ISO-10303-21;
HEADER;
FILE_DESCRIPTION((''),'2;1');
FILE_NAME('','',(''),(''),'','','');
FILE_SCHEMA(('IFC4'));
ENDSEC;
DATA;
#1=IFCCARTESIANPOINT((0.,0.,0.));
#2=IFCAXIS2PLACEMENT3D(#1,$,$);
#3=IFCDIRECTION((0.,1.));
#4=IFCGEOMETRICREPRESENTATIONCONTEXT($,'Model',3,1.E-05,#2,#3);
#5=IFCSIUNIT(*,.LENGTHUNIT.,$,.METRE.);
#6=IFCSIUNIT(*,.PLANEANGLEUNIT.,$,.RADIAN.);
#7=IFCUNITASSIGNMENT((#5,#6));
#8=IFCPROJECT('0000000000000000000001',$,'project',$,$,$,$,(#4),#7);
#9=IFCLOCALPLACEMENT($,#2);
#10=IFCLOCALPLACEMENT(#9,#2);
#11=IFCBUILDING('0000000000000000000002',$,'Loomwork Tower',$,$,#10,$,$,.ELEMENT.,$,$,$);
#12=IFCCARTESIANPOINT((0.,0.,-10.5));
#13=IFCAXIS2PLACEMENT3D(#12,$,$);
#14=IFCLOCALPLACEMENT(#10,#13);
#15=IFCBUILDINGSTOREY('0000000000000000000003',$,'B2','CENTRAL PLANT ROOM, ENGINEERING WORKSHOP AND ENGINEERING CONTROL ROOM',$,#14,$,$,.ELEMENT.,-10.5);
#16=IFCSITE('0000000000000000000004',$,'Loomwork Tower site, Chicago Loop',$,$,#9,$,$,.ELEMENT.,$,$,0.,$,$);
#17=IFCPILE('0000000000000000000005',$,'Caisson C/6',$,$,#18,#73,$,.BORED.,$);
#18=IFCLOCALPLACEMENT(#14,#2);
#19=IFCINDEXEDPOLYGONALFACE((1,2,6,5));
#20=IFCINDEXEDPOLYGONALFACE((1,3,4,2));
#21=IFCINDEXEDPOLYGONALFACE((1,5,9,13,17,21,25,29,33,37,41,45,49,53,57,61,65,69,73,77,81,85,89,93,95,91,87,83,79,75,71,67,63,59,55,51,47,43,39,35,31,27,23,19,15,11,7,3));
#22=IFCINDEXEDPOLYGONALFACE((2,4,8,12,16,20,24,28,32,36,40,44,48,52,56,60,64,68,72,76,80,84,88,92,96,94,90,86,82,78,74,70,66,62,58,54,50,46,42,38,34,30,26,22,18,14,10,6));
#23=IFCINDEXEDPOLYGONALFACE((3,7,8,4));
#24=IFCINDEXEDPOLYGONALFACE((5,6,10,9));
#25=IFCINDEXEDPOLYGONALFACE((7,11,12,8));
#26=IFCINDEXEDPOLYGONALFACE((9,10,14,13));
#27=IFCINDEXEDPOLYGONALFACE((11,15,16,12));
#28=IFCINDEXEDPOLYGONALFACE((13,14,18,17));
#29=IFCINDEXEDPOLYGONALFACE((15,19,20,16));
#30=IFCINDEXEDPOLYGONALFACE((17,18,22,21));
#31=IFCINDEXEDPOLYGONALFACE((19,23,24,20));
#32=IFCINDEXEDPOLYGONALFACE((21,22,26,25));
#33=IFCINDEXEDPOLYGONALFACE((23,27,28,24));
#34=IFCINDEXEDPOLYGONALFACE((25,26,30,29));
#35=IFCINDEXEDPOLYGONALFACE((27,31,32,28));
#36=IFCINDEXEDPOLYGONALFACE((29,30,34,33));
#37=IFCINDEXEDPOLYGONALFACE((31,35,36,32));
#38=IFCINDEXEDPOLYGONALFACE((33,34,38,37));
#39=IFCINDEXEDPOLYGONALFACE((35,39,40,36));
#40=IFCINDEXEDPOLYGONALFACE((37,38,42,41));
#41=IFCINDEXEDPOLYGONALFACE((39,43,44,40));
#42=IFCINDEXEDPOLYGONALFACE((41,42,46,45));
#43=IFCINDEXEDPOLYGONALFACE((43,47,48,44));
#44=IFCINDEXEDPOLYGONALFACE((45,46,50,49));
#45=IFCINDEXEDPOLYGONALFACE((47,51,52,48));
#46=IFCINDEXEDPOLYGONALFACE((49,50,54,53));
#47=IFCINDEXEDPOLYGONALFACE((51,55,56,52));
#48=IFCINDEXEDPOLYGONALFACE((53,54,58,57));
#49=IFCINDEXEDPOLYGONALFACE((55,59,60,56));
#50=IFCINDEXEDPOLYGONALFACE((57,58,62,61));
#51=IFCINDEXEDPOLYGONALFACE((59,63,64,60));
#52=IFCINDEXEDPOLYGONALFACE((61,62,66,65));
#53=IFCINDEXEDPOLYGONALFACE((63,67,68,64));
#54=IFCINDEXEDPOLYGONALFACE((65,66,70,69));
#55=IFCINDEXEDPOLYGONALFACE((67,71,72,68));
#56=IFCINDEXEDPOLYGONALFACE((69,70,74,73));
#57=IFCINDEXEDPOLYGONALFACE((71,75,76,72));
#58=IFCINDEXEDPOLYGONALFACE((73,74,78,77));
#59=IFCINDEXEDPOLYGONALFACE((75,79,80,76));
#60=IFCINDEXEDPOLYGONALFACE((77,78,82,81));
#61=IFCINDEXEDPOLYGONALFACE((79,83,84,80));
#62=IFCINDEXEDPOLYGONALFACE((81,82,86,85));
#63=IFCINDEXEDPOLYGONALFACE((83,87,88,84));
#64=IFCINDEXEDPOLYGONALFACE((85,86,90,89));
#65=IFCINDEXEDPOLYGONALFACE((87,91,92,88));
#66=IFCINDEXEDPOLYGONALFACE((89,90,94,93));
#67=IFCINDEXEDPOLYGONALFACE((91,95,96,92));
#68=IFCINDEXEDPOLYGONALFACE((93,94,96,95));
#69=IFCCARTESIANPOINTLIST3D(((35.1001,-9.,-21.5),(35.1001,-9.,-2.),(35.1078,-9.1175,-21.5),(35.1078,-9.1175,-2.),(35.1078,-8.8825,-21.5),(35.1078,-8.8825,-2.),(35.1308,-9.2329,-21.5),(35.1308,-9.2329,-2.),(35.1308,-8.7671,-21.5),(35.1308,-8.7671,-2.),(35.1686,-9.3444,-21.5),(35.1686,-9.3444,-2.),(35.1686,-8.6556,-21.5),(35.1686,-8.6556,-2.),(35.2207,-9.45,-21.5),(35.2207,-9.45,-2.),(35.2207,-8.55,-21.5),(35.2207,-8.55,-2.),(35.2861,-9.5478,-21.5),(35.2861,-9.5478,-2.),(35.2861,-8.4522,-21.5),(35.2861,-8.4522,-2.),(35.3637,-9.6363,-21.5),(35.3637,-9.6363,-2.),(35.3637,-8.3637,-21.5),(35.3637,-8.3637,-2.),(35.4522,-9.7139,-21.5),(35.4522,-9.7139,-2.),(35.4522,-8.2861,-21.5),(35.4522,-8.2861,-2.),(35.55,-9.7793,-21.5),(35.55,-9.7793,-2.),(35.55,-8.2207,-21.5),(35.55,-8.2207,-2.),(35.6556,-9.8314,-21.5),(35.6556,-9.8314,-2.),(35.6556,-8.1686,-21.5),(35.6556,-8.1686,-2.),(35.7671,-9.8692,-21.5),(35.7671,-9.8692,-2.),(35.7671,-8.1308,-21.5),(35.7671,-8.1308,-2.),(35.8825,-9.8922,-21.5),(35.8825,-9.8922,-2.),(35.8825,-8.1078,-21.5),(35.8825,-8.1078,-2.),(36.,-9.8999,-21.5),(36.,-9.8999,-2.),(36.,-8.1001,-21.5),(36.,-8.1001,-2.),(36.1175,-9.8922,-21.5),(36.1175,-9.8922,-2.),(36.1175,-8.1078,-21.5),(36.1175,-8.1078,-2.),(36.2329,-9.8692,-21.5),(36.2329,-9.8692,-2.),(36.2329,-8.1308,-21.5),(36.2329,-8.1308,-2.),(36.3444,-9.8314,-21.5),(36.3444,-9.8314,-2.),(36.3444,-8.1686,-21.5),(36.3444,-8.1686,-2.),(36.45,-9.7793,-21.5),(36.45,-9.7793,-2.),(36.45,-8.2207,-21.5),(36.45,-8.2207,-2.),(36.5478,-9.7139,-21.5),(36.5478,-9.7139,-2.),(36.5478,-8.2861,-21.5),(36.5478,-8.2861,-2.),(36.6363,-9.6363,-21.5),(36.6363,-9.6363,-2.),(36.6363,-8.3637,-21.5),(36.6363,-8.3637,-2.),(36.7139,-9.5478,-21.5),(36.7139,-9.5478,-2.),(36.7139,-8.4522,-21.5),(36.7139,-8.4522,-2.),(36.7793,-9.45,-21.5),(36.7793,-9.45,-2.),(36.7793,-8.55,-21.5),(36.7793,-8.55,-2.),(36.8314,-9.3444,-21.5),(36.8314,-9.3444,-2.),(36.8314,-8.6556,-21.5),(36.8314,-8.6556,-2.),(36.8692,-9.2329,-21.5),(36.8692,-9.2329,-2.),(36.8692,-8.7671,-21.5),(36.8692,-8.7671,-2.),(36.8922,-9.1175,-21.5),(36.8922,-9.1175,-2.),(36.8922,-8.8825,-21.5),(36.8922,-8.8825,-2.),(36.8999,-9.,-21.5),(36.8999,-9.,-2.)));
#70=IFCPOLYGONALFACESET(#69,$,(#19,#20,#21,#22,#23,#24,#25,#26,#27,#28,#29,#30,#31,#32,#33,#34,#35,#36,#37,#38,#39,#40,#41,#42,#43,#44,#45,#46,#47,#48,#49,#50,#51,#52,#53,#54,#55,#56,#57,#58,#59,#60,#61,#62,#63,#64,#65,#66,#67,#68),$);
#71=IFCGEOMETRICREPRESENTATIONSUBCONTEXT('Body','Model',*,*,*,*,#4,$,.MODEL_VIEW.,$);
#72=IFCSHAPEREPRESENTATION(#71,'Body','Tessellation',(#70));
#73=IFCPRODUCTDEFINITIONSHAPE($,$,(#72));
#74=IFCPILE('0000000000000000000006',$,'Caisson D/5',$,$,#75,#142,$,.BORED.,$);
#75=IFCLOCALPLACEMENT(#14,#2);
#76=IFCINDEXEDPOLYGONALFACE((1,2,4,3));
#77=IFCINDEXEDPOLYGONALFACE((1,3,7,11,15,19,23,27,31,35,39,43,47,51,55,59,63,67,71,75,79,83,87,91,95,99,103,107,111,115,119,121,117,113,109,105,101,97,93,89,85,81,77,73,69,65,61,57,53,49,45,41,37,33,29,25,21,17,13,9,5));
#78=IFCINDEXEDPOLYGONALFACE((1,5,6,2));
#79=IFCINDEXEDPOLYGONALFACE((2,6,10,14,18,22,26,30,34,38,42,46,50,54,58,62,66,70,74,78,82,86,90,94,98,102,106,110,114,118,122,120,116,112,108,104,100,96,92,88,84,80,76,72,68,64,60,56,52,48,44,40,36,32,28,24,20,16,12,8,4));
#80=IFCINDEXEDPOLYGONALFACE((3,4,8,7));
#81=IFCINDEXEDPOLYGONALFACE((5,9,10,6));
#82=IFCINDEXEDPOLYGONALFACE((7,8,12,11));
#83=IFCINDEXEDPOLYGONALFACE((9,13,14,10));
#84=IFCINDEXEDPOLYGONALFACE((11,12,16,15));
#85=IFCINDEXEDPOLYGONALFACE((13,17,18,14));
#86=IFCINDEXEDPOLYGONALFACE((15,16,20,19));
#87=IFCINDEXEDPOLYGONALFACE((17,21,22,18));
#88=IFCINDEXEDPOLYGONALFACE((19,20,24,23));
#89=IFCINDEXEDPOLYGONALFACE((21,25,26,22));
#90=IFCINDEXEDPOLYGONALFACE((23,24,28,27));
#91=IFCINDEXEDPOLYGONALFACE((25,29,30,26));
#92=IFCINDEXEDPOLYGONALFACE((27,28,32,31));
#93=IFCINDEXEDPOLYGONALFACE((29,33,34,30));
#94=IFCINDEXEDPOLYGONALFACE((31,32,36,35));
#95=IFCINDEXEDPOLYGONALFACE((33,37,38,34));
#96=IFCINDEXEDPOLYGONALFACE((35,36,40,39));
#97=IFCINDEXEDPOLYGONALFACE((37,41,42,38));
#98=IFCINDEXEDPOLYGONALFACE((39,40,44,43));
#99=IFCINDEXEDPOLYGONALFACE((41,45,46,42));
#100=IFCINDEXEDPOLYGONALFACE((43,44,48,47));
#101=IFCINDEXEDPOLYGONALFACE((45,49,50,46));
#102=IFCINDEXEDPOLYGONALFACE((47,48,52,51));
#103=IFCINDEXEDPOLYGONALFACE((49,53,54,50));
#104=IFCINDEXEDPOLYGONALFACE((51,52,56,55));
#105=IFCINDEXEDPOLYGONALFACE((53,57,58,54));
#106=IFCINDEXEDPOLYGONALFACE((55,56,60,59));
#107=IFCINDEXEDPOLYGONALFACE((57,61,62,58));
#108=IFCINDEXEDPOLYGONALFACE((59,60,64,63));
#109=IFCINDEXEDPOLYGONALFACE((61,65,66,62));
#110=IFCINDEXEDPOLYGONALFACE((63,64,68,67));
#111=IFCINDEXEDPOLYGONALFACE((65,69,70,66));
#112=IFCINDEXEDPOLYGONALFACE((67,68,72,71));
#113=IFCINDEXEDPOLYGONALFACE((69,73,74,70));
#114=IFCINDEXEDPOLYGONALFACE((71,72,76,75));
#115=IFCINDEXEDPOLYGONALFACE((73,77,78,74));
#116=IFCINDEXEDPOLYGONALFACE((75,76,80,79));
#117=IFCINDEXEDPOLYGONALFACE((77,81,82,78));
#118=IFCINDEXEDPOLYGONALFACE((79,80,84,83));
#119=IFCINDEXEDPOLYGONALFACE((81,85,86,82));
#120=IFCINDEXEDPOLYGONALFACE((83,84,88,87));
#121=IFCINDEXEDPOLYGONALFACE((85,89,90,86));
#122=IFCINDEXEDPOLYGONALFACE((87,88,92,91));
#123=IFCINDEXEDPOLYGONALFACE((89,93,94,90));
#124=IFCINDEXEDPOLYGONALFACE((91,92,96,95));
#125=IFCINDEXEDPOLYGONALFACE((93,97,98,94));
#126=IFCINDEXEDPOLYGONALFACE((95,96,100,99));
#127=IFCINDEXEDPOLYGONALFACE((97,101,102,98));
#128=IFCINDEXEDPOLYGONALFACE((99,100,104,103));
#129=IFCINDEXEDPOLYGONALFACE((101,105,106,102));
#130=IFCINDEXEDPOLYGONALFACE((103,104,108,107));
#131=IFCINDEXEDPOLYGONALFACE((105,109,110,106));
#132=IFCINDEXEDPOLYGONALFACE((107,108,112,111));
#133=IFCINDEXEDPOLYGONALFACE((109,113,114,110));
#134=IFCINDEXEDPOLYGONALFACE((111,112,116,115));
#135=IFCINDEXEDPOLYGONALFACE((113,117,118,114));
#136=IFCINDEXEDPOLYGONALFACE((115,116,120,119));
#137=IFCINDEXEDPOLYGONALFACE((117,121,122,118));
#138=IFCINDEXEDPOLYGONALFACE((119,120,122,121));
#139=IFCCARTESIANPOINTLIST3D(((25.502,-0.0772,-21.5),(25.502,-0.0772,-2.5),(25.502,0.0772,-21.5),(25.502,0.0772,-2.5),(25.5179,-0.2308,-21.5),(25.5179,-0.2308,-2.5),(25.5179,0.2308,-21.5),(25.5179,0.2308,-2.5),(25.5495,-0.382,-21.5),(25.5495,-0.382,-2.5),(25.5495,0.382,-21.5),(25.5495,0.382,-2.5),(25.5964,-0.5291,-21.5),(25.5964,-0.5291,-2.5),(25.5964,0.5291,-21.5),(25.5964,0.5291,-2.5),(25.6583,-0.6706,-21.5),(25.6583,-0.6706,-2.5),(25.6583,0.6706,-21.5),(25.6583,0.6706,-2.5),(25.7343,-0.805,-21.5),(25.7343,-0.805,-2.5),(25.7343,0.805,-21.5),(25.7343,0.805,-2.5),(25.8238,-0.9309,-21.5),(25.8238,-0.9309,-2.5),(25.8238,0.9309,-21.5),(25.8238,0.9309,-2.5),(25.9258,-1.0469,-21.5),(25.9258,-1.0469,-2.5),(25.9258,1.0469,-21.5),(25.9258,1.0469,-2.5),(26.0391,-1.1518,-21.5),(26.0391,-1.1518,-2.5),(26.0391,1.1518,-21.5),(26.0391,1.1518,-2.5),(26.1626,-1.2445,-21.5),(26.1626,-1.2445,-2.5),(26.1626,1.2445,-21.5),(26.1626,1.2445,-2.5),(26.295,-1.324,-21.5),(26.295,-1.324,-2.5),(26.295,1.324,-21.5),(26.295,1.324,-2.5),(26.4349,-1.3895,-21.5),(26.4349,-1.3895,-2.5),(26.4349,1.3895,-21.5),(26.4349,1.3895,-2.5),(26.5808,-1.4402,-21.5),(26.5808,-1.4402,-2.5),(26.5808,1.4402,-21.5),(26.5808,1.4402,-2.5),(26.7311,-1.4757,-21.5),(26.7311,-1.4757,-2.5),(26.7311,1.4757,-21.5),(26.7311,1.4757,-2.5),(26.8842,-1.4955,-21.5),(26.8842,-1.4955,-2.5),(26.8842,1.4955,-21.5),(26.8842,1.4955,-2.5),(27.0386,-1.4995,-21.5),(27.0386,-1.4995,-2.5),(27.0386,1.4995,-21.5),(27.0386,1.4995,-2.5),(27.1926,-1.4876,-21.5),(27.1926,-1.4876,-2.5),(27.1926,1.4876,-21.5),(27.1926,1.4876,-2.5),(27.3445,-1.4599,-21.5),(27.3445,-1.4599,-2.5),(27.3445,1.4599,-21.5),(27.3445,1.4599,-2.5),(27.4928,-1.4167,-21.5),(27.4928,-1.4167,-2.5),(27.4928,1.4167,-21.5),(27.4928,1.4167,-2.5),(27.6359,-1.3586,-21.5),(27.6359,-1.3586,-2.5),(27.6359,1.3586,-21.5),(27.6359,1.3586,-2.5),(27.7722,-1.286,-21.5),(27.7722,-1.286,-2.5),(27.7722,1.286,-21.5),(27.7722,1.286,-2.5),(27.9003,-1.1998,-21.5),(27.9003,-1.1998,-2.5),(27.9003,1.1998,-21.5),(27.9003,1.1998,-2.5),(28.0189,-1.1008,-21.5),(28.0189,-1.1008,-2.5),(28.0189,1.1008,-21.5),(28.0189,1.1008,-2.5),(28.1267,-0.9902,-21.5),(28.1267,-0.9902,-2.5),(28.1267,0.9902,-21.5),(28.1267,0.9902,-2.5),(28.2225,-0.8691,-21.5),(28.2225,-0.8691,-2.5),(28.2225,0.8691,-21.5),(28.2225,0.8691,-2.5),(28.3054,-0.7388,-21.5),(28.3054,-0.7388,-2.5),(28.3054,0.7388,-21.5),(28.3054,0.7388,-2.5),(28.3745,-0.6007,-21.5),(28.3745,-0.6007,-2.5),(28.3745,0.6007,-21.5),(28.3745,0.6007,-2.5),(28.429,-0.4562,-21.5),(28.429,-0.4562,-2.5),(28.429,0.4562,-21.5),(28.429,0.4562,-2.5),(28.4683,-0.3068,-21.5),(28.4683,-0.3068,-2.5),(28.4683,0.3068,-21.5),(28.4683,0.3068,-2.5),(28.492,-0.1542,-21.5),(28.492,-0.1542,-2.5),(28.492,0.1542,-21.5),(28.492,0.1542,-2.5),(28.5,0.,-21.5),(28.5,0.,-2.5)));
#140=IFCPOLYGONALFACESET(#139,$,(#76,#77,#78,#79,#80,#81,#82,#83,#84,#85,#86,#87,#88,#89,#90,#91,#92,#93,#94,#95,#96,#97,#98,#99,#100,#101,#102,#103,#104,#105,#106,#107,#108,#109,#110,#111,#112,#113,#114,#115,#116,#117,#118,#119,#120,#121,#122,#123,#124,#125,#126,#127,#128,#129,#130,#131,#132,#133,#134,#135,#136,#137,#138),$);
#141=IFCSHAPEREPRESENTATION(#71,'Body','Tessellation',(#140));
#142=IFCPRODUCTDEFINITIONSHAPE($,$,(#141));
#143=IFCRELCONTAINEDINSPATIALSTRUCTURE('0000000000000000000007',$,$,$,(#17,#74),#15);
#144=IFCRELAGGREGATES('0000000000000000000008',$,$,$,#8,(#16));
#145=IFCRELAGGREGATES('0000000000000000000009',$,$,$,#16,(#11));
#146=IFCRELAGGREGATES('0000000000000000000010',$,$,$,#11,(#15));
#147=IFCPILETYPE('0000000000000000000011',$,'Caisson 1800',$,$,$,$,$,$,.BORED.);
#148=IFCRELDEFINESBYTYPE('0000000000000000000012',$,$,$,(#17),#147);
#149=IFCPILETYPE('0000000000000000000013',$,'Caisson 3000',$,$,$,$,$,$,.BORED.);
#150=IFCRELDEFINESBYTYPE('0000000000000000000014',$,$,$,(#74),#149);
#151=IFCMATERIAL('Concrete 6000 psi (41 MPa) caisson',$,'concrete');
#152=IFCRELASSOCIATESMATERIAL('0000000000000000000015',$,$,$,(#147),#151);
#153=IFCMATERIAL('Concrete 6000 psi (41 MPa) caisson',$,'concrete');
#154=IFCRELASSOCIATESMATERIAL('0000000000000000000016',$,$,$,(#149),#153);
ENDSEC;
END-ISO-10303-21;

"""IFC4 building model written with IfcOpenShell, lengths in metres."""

from ifc_helpers import new_model, si_unit, direction, frame, origin, origin_2d, place, context, subcontext, project, spatial, circle, extrude, material, material_profile, profile_set, type_object, element, save


model = new_model("IFC4")

# Units and contexts
model_context = context("Model", 3, precision=1e-05, world=origin(), true_north=direction((0.0, 1.0)))
body_context = subcontext(model_context, "Body", "Model", "MODEL_VIEW")
ifc_project = project(units=[si_unit("LENGTHUNIT", "METRE"), si_unit("PLANEANGLEUNIT", "RADIAN")], contexts=[model_context])

# Site, building, storey
site_placement = place(None, origin())
site = spatial("IfcSite", under=ifc_project, at=site_placement, Name="Loomwork Tower site, Chicago Loop", CompositionType="ELEMENT", RefElevation=0.0)
building_placement = place(site_placement, origin())
building = spatial("IfcBuilding", under=site, at=building_placement, Name="Loomwork Tower", CompositionType="ELEMENT")
storey_placement = place(building_placement, frame((0.0, 0.0, -10.5)))
storey = spatial("IfcBuildingStorey", under=building, at=storey_placement, Name="B2", Description="CENTRAL PLANT ROOM, ENGINEERING WORKSHOP AND ENGINEERING CONTROL ROOM", CompositionType="ELEMENT", Elevation=-10.5)

# Piles
ifc_material_1 = material(Name="Concrete 6000 psi (41 MPa) caisson", Category="concrete")
ifc_material_profile_1 = material_profile(ifc_material_1, circle(Radius=0.8999, at=origin_2d()), Name="D1800")
ifc_profile_set_1 = profile_set([ifc_material_profile_1], Name="Concrete 6000 psi (41 MPa) caisson")
pile_type_1 = type_object("IfcPileType", Name="Caisson 1800", PredefinedType="BORED", material=ifc_profile_set_1)
pile_placement = place(storey_placement, frame((36.0, -9.0, -2.0), z_axis=(0.0, 0.0, -1.0), x_axis=(1.0, 0.0, 0.0)))
element("IfcPile", 1, at=pile_placement, inside=storey, type_object=pile_type_1, Name="Caisson C/6", PredefinedType="BORED", context=body_context, shape_type="SweptSolid", body=[
    extrude(circle(Radius=0.8999, at=origin_2d()), origin(), (0.0, 0.0, 1.0), 19.5),
])
ifc_material_2 = material(Name="Concrete 6000 psi (41 MPa) caisson", Category="concrete")
ifc_material_profile_2 = material_profile(ifc_material_2, circle(Radius=1.5, at=origin_2d()), Name="D3000")
ifc_profile_set_2 = profile_set([ifc_material_profile_2], Name="Concrete 6000 psi (41 MPa) caisson")
pile_type_2 = type_object("IfcPileType", Name="Caisson 3000", PredefinedType="BORED", material=ifc_profile_set_2)
for number, where, z_axis, x_axis, name in (
    (2, (27.0, 0.0, -2.5), (0.0, 0.0, -1.0), (1.0, 0.0, 0.0), "Caisson D/5"),
):
    element("IfcPile", number, at=place(storey_placement, frame(where, z_axis=z_axis, x_axis=x_axis)), inside=storey, type_object=pile_type_2, Name=name, PredefinedType="BORED", context=body_context, shape_type="SweptSolid", body=[
        extrude(circle(Radius=1.5, at=origin_2d()), origin(), (0.0, 0.0, 1.0), 19.0),
    ])

save(model, "model.ifc")
